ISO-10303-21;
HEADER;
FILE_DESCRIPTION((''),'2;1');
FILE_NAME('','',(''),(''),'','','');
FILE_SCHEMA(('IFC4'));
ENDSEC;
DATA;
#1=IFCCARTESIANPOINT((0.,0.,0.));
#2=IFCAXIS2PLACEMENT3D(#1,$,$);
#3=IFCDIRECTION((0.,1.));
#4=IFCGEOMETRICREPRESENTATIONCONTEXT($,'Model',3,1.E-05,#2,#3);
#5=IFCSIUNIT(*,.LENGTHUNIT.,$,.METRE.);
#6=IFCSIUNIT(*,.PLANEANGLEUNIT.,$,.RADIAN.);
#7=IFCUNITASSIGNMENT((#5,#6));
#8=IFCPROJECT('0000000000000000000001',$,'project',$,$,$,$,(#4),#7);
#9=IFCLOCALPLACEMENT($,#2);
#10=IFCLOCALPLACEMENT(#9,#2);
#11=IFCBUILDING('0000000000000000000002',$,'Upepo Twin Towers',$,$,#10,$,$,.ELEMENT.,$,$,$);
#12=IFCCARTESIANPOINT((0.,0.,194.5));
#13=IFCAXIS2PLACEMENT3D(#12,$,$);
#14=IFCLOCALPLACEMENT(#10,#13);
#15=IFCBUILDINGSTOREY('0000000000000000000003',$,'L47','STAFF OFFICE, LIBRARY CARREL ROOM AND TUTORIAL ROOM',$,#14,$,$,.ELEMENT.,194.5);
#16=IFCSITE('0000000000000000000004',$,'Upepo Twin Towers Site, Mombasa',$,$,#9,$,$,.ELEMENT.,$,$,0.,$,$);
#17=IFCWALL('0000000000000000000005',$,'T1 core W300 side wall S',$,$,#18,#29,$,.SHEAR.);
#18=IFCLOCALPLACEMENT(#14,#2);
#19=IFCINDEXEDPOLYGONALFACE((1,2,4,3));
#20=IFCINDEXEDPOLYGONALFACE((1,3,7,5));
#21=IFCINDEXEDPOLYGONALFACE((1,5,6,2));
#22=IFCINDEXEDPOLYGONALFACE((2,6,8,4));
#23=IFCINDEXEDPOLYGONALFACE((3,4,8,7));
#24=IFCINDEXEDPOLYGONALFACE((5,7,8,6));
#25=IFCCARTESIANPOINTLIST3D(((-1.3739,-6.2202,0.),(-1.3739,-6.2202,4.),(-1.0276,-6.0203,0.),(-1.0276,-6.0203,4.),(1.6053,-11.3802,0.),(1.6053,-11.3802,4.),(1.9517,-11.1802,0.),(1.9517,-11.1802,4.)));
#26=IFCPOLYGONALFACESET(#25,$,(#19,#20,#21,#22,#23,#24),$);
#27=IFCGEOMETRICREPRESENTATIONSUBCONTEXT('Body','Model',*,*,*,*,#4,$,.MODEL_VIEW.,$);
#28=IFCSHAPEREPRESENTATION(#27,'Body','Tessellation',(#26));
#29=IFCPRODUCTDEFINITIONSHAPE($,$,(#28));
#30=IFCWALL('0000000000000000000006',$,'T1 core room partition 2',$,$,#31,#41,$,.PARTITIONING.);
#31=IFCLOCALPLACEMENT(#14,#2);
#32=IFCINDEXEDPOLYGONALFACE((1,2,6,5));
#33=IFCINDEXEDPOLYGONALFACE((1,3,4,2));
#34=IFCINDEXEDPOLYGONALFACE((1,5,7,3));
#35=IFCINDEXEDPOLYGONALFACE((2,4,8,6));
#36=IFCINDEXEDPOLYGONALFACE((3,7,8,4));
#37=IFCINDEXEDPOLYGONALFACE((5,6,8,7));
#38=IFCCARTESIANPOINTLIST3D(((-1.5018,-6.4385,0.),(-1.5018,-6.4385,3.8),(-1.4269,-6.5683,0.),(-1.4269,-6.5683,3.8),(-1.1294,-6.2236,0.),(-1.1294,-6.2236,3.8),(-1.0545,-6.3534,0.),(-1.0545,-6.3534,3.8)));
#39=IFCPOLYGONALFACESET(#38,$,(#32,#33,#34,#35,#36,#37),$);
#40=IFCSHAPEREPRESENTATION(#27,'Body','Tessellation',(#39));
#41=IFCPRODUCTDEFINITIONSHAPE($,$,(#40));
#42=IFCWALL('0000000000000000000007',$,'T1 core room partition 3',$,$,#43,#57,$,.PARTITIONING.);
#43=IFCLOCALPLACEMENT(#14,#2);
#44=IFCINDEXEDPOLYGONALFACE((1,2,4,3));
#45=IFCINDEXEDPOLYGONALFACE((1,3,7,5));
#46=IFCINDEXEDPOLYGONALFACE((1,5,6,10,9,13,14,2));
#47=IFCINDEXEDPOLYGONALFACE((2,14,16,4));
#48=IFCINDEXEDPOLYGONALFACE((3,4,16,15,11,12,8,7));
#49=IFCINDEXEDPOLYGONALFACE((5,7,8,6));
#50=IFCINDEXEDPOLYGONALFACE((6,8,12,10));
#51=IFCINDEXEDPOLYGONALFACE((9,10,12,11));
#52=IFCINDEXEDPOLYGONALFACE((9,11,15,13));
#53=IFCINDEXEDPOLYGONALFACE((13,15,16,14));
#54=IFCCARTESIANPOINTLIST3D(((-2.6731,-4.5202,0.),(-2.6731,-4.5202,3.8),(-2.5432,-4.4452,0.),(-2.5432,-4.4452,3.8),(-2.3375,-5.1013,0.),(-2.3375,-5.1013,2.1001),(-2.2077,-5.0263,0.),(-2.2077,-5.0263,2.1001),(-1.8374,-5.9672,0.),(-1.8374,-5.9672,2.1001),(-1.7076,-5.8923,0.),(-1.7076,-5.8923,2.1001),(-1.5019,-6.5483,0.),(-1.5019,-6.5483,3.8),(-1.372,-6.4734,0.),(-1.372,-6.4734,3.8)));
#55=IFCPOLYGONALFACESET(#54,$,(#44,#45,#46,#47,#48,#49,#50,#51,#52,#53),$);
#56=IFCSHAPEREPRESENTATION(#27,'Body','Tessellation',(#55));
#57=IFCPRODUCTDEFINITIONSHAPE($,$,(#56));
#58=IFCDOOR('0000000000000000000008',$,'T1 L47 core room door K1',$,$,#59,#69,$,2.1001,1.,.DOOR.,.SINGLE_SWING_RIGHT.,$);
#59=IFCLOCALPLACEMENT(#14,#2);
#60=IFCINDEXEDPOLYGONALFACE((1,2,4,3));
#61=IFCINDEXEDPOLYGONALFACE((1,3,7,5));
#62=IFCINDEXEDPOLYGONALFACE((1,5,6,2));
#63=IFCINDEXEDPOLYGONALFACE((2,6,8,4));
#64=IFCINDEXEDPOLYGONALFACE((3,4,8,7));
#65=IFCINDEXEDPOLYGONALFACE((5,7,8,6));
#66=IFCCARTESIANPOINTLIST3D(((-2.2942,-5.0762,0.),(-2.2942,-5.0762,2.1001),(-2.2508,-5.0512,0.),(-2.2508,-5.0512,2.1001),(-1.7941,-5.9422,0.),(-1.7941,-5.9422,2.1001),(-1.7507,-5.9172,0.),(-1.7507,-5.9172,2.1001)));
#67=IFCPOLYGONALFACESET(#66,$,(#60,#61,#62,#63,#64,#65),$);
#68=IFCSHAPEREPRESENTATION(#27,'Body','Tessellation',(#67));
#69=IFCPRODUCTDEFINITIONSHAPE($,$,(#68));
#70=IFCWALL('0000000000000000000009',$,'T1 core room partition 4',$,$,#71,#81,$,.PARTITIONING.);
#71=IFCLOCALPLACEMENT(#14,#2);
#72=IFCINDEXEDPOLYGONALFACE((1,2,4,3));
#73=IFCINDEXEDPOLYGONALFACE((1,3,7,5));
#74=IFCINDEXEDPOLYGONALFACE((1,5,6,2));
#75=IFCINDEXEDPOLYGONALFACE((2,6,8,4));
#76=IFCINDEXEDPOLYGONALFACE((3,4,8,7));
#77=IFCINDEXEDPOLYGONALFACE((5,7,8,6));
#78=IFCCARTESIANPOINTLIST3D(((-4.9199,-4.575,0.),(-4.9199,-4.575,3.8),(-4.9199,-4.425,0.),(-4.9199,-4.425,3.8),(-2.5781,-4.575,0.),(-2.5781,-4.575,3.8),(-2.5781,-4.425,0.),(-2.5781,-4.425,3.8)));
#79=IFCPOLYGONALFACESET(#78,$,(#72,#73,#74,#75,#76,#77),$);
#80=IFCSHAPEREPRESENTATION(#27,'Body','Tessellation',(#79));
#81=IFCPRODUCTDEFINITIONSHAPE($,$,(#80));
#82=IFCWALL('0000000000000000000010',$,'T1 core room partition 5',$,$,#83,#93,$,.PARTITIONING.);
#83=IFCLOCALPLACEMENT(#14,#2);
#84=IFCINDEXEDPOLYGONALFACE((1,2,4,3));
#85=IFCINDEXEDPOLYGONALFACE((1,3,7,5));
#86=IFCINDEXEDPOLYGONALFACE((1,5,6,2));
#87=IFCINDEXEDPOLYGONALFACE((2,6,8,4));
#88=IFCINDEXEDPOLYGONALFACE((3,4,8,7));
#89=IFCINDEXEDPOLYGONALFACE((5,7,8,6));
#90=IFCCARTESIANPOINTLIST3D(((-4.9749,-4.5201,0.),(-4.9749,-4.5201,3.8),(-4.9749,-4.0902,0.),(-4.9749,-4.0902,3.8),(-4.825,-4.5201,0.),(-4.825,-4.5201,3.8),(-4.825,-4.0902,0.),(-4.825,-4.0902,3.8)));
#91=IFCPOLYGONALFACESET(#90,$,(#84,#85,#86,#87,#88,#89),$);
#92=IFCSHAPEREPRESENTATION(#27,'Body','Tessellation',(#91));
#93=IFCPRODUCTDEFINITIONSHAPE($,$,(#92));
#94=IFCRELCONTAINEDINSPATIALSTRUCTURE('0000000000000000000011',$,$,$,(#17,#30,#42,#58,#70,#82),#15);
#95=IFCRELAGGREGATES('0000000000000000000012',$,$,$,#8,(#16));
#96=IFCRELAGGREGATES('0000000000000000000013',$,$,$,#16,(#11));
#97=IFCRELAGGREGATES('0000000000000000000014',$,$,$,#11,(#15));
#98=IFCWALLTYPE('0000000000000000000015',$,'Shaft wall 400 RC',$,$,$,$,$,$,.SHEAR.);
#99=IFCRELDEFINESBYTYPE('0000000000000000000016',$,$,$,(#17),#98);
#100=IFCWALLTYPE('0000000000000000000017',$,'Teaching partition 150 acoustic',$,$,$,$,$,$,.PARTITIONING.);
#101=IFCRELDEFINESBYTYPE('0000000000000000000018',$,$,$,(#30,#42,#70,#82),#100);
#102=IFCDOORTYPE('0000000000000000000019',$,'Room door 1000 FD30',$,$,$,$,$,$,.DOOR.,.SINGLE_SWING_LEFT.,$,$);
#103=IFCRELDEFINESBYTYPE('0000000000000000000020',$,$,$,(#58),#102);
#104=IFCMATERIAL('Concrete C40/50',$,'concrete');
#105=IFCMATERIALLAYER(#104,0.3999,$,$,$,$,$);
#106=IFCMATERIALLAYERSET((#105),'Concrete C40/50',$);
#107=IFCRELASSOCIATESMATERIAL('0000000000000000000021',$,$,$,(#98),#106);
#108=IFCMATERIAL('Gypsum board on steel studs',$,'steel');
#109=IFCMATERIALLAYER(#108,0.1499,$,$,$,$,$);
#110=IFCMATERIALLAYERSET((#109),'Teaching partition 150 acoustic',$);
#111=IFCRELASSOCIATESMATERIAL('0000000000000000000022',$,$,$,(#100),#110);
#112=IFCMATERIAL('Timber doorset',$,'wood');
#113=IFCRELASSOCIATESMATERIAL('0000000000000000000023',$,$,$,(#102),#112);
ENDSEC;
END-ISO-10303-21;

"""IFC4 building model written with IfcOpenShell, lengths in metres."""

from ifc_helpers import new_model, si_unit, direction, frame, frame_2d, origin, place, context, subcontext, project, spatial, rectangle, extrude, material, layer, layer_set, type_object, element, fill, save


model = new_model("IFC4")

# Units and contexts
model_context = context("Model", 3, precision=1e-05, world=origin(), true_north=direction((0.0, 1.0)))
body_context = subcontext(model_context, "Body", "Model", "MODEL_VIEW")
ifc_project = project(units=[si_unit("LENGTHUNIT", "METRE"), si_unit("PLANEANGLEUNIT", "RADIAN")], contexts=[model_context])

# Site, building, storey
site_placement = place(None, origin())
site = spatial("IfcSite", under=ifc_project, at=site_placement, Name="Upepo Twin Towers Site, Mombasa", CompositionType="ELEMENT", RefElevation=0.0)
building_placement = place(site_placement, origin())
building = spatial("IfcBuilding", under=site, at=building_placement, Name="Upepo Twin Towers", CompositionType="ELEMENT")
storey_placement = place(building_placement, frame((0.0, 0.0, 194.5)))
storey = spatial("IfcBuildingStorey", under=building, at=storey_placement, Name="L47", Description="STAFF OFFICE, LIBRARY CARREL ROOM AND TUTORIAL ROOM", CompositionType="ELEMENT", Elevation=194.5)

# Walls
ifc_material_1 = material(Name="Concrete C40/50", Category="concrete")
ifc_layer_1 = layer(ifc_material_1, 0.3999)
ifc_layer_set_1 = layer_set([ifc_layer_1], Name="Concrete C40/50")
wall_type_1 = type_object("IfcWallType", Name="Shaft wall 400 RC", PredefinedType="SHEAR", material=ifc_layer_set_1)
wall_1_placement = place(storey_placement, frame((-1.2007, -6.1204, 0.0), z_axis=(0.0, 0.0, 1.0), x_axis=(0.500022, -0.866013, 0.0)))
element("IfcWall", 1, at=wall_1_placement, inside=storey, type_object=wall_type_1, Name="T1 core W300 side wall S", PredefinedType="SHEAR", context=body_context, shape_type="SweptSolid", body=[
    extrude(rectangle(XDim=5.9583, YDim=0.3999, at=frame_2d((2.979, 0.0))), origin(), (0.0, 0.0, 1.0), 4.0),
])
ifc_material_2 = material(Name="Gypsum board on steel studs", Category="steel")
ifc_layer_2 = layer(ifc_material_2, 0.1499)
ifc_layer_set_2 = layer_set([ifc_layer_2], Name="Teaching partition 150 acoustic")
wall_type_2 = type_object("IfcWallType", Name="Teaching partition 150 acoustic", PredefinedType="PARTITIONING", material=ifc_layer_set_2)
wall_2_placement = place(storey_placement, frame((-1.092, -6.2886, 0.0), z_axis=(0.0, 0.0, 1.0), x_axis=(-0.866138, -0.499804, 0.0)))
element("IfcWall", 2, at=wall_2_placement, inside=storey, type_object=wall_type_2, Name="T1 core room partition 2", PredefinedType="PARTITIONING", context=body_context, shape_type="SweptSolid", body=[
    extrude(rectangle(XDim=0.4299, YDim=0.1499, at=frame_2d((0.2148, 0.0))), origin(), (0.0, 0.0, 1.0), 3.8),
])

# Wall, opening, door
wall_3_placement = place(storey_placement, frame((-1.437, -6.5107, 0.0), z_axis=(0.0, 0.0, 1.0), x_axis=(-0.500074, 0.865982, 0.0)))
wall_3 = element("IfcWall", 3, at=wall_3_placement, inside=storey, type_object=wall_type_2, Name="T1 core room partition 3", PredefinedType="PARTITIONING", context=body_context, shape_type="SweptSolid", body=[
    extrude(rectangle(XDim=2.342, YDim=0.1499, at=frame_2d((1.1709, 0.0))), origin(), (0.0, 0.0, 1.0), 3.8),
])
opening_1_placement = place(wall_3_placement, frame((0.6709, 0.0, 0.0)))
opening_1 = element("IfcOpeningElement", 4, at=opening_1_placement, cuts=wall_3, PredefinedType="OPENING", context=body_context, shape_type="SweptSolid", body=[
    extrude(rectangle(XDim=1.0, YDim=2.1001, at=frame_2d((0.5, 1.05))), frame((0.0, 0.085, 0.0), z_axis=(0.0, -1.0, 0.0), x_axis=(1.0, 0.0, 0.0)), (0.0, 0.0, 1.0), 0.1699),
])
ifc_material_3 = material(Name="Timber doorset", Category="wood")
door_type_1 = type_object("IfcDoorType", Name="Room door 1000 FD30", OperationType="SINGLE_SWING_LEFT", PredefinedType="DOOR", material=ifc_material_3)
door_1_placement = place(opening_1_placement, origin())
door_1 = element("IfcDoor", 5, at=door_1_placement, inside=storey, type_object=door_type_1, Name="T1 L47 core room door K1", OperationType="SINGLE_SWING_RIGHT", OverallHeight=2.1001, OverallWidth=1.0, PredefinedType="DOOR", context=body_context, shape_type="SweptSolid", body=[
    extrude(rectangle(XDim=1.0, YDim=2.1001, at=frame_2d((0.5, 1.05))), frame((0.0, 0.0249, 0.0), z_axis=(0.0, -1.0, 0.0), x_axis=(1.0, 0.0, 0.0)), (0.0, 0.0, 1.0), 0.05),
])
fill(opening_1, door_1)

# Walls
wall_4_placement = place(storey_placement, frame((-2.5781, -4.5, 0.0), z_axis=(0.0, 0.0, 1.0), x_axis=(-1.0, 0.0, 0.0)))
element("IfcWall", 6, at=wall_4_placement, inside=storey, type_object=wall_type_2, Name="T1 core room partition 4", PredefinedType="PARTITIONING", context=body_context, shape_type="SweptSolid", body=[
    extrude(rectangle(XDim=2.3418, YDim=0.1499, at=frame_2d((1.1709, 0.0))), origin(), (0.0, 0.0, 1.0), 3.8),
])
wall_5_placement = place(storey_placement, frame((-4.8999, -4.52, 0.0), z_axis=(0.0, 0.0, 1.0), x_axis=(0.0, 1.0, 0.0)))
element("IfcWall", 7, at=wall_5_placement, inside=storey, type_object=wall_type_2, Name="T1 core room partition 5", PredefinedType="PARTITIONING", context=body_context, shape_type="SweptSolid", body=[
    extrude(rectangle(XDim=0.4299, YDim=0.1499, at=frame_2d((0.2148, 0.0))), origin(), (0.0, 0.0, 1.0), 3.8),
])

save(model, "model.ifc")
